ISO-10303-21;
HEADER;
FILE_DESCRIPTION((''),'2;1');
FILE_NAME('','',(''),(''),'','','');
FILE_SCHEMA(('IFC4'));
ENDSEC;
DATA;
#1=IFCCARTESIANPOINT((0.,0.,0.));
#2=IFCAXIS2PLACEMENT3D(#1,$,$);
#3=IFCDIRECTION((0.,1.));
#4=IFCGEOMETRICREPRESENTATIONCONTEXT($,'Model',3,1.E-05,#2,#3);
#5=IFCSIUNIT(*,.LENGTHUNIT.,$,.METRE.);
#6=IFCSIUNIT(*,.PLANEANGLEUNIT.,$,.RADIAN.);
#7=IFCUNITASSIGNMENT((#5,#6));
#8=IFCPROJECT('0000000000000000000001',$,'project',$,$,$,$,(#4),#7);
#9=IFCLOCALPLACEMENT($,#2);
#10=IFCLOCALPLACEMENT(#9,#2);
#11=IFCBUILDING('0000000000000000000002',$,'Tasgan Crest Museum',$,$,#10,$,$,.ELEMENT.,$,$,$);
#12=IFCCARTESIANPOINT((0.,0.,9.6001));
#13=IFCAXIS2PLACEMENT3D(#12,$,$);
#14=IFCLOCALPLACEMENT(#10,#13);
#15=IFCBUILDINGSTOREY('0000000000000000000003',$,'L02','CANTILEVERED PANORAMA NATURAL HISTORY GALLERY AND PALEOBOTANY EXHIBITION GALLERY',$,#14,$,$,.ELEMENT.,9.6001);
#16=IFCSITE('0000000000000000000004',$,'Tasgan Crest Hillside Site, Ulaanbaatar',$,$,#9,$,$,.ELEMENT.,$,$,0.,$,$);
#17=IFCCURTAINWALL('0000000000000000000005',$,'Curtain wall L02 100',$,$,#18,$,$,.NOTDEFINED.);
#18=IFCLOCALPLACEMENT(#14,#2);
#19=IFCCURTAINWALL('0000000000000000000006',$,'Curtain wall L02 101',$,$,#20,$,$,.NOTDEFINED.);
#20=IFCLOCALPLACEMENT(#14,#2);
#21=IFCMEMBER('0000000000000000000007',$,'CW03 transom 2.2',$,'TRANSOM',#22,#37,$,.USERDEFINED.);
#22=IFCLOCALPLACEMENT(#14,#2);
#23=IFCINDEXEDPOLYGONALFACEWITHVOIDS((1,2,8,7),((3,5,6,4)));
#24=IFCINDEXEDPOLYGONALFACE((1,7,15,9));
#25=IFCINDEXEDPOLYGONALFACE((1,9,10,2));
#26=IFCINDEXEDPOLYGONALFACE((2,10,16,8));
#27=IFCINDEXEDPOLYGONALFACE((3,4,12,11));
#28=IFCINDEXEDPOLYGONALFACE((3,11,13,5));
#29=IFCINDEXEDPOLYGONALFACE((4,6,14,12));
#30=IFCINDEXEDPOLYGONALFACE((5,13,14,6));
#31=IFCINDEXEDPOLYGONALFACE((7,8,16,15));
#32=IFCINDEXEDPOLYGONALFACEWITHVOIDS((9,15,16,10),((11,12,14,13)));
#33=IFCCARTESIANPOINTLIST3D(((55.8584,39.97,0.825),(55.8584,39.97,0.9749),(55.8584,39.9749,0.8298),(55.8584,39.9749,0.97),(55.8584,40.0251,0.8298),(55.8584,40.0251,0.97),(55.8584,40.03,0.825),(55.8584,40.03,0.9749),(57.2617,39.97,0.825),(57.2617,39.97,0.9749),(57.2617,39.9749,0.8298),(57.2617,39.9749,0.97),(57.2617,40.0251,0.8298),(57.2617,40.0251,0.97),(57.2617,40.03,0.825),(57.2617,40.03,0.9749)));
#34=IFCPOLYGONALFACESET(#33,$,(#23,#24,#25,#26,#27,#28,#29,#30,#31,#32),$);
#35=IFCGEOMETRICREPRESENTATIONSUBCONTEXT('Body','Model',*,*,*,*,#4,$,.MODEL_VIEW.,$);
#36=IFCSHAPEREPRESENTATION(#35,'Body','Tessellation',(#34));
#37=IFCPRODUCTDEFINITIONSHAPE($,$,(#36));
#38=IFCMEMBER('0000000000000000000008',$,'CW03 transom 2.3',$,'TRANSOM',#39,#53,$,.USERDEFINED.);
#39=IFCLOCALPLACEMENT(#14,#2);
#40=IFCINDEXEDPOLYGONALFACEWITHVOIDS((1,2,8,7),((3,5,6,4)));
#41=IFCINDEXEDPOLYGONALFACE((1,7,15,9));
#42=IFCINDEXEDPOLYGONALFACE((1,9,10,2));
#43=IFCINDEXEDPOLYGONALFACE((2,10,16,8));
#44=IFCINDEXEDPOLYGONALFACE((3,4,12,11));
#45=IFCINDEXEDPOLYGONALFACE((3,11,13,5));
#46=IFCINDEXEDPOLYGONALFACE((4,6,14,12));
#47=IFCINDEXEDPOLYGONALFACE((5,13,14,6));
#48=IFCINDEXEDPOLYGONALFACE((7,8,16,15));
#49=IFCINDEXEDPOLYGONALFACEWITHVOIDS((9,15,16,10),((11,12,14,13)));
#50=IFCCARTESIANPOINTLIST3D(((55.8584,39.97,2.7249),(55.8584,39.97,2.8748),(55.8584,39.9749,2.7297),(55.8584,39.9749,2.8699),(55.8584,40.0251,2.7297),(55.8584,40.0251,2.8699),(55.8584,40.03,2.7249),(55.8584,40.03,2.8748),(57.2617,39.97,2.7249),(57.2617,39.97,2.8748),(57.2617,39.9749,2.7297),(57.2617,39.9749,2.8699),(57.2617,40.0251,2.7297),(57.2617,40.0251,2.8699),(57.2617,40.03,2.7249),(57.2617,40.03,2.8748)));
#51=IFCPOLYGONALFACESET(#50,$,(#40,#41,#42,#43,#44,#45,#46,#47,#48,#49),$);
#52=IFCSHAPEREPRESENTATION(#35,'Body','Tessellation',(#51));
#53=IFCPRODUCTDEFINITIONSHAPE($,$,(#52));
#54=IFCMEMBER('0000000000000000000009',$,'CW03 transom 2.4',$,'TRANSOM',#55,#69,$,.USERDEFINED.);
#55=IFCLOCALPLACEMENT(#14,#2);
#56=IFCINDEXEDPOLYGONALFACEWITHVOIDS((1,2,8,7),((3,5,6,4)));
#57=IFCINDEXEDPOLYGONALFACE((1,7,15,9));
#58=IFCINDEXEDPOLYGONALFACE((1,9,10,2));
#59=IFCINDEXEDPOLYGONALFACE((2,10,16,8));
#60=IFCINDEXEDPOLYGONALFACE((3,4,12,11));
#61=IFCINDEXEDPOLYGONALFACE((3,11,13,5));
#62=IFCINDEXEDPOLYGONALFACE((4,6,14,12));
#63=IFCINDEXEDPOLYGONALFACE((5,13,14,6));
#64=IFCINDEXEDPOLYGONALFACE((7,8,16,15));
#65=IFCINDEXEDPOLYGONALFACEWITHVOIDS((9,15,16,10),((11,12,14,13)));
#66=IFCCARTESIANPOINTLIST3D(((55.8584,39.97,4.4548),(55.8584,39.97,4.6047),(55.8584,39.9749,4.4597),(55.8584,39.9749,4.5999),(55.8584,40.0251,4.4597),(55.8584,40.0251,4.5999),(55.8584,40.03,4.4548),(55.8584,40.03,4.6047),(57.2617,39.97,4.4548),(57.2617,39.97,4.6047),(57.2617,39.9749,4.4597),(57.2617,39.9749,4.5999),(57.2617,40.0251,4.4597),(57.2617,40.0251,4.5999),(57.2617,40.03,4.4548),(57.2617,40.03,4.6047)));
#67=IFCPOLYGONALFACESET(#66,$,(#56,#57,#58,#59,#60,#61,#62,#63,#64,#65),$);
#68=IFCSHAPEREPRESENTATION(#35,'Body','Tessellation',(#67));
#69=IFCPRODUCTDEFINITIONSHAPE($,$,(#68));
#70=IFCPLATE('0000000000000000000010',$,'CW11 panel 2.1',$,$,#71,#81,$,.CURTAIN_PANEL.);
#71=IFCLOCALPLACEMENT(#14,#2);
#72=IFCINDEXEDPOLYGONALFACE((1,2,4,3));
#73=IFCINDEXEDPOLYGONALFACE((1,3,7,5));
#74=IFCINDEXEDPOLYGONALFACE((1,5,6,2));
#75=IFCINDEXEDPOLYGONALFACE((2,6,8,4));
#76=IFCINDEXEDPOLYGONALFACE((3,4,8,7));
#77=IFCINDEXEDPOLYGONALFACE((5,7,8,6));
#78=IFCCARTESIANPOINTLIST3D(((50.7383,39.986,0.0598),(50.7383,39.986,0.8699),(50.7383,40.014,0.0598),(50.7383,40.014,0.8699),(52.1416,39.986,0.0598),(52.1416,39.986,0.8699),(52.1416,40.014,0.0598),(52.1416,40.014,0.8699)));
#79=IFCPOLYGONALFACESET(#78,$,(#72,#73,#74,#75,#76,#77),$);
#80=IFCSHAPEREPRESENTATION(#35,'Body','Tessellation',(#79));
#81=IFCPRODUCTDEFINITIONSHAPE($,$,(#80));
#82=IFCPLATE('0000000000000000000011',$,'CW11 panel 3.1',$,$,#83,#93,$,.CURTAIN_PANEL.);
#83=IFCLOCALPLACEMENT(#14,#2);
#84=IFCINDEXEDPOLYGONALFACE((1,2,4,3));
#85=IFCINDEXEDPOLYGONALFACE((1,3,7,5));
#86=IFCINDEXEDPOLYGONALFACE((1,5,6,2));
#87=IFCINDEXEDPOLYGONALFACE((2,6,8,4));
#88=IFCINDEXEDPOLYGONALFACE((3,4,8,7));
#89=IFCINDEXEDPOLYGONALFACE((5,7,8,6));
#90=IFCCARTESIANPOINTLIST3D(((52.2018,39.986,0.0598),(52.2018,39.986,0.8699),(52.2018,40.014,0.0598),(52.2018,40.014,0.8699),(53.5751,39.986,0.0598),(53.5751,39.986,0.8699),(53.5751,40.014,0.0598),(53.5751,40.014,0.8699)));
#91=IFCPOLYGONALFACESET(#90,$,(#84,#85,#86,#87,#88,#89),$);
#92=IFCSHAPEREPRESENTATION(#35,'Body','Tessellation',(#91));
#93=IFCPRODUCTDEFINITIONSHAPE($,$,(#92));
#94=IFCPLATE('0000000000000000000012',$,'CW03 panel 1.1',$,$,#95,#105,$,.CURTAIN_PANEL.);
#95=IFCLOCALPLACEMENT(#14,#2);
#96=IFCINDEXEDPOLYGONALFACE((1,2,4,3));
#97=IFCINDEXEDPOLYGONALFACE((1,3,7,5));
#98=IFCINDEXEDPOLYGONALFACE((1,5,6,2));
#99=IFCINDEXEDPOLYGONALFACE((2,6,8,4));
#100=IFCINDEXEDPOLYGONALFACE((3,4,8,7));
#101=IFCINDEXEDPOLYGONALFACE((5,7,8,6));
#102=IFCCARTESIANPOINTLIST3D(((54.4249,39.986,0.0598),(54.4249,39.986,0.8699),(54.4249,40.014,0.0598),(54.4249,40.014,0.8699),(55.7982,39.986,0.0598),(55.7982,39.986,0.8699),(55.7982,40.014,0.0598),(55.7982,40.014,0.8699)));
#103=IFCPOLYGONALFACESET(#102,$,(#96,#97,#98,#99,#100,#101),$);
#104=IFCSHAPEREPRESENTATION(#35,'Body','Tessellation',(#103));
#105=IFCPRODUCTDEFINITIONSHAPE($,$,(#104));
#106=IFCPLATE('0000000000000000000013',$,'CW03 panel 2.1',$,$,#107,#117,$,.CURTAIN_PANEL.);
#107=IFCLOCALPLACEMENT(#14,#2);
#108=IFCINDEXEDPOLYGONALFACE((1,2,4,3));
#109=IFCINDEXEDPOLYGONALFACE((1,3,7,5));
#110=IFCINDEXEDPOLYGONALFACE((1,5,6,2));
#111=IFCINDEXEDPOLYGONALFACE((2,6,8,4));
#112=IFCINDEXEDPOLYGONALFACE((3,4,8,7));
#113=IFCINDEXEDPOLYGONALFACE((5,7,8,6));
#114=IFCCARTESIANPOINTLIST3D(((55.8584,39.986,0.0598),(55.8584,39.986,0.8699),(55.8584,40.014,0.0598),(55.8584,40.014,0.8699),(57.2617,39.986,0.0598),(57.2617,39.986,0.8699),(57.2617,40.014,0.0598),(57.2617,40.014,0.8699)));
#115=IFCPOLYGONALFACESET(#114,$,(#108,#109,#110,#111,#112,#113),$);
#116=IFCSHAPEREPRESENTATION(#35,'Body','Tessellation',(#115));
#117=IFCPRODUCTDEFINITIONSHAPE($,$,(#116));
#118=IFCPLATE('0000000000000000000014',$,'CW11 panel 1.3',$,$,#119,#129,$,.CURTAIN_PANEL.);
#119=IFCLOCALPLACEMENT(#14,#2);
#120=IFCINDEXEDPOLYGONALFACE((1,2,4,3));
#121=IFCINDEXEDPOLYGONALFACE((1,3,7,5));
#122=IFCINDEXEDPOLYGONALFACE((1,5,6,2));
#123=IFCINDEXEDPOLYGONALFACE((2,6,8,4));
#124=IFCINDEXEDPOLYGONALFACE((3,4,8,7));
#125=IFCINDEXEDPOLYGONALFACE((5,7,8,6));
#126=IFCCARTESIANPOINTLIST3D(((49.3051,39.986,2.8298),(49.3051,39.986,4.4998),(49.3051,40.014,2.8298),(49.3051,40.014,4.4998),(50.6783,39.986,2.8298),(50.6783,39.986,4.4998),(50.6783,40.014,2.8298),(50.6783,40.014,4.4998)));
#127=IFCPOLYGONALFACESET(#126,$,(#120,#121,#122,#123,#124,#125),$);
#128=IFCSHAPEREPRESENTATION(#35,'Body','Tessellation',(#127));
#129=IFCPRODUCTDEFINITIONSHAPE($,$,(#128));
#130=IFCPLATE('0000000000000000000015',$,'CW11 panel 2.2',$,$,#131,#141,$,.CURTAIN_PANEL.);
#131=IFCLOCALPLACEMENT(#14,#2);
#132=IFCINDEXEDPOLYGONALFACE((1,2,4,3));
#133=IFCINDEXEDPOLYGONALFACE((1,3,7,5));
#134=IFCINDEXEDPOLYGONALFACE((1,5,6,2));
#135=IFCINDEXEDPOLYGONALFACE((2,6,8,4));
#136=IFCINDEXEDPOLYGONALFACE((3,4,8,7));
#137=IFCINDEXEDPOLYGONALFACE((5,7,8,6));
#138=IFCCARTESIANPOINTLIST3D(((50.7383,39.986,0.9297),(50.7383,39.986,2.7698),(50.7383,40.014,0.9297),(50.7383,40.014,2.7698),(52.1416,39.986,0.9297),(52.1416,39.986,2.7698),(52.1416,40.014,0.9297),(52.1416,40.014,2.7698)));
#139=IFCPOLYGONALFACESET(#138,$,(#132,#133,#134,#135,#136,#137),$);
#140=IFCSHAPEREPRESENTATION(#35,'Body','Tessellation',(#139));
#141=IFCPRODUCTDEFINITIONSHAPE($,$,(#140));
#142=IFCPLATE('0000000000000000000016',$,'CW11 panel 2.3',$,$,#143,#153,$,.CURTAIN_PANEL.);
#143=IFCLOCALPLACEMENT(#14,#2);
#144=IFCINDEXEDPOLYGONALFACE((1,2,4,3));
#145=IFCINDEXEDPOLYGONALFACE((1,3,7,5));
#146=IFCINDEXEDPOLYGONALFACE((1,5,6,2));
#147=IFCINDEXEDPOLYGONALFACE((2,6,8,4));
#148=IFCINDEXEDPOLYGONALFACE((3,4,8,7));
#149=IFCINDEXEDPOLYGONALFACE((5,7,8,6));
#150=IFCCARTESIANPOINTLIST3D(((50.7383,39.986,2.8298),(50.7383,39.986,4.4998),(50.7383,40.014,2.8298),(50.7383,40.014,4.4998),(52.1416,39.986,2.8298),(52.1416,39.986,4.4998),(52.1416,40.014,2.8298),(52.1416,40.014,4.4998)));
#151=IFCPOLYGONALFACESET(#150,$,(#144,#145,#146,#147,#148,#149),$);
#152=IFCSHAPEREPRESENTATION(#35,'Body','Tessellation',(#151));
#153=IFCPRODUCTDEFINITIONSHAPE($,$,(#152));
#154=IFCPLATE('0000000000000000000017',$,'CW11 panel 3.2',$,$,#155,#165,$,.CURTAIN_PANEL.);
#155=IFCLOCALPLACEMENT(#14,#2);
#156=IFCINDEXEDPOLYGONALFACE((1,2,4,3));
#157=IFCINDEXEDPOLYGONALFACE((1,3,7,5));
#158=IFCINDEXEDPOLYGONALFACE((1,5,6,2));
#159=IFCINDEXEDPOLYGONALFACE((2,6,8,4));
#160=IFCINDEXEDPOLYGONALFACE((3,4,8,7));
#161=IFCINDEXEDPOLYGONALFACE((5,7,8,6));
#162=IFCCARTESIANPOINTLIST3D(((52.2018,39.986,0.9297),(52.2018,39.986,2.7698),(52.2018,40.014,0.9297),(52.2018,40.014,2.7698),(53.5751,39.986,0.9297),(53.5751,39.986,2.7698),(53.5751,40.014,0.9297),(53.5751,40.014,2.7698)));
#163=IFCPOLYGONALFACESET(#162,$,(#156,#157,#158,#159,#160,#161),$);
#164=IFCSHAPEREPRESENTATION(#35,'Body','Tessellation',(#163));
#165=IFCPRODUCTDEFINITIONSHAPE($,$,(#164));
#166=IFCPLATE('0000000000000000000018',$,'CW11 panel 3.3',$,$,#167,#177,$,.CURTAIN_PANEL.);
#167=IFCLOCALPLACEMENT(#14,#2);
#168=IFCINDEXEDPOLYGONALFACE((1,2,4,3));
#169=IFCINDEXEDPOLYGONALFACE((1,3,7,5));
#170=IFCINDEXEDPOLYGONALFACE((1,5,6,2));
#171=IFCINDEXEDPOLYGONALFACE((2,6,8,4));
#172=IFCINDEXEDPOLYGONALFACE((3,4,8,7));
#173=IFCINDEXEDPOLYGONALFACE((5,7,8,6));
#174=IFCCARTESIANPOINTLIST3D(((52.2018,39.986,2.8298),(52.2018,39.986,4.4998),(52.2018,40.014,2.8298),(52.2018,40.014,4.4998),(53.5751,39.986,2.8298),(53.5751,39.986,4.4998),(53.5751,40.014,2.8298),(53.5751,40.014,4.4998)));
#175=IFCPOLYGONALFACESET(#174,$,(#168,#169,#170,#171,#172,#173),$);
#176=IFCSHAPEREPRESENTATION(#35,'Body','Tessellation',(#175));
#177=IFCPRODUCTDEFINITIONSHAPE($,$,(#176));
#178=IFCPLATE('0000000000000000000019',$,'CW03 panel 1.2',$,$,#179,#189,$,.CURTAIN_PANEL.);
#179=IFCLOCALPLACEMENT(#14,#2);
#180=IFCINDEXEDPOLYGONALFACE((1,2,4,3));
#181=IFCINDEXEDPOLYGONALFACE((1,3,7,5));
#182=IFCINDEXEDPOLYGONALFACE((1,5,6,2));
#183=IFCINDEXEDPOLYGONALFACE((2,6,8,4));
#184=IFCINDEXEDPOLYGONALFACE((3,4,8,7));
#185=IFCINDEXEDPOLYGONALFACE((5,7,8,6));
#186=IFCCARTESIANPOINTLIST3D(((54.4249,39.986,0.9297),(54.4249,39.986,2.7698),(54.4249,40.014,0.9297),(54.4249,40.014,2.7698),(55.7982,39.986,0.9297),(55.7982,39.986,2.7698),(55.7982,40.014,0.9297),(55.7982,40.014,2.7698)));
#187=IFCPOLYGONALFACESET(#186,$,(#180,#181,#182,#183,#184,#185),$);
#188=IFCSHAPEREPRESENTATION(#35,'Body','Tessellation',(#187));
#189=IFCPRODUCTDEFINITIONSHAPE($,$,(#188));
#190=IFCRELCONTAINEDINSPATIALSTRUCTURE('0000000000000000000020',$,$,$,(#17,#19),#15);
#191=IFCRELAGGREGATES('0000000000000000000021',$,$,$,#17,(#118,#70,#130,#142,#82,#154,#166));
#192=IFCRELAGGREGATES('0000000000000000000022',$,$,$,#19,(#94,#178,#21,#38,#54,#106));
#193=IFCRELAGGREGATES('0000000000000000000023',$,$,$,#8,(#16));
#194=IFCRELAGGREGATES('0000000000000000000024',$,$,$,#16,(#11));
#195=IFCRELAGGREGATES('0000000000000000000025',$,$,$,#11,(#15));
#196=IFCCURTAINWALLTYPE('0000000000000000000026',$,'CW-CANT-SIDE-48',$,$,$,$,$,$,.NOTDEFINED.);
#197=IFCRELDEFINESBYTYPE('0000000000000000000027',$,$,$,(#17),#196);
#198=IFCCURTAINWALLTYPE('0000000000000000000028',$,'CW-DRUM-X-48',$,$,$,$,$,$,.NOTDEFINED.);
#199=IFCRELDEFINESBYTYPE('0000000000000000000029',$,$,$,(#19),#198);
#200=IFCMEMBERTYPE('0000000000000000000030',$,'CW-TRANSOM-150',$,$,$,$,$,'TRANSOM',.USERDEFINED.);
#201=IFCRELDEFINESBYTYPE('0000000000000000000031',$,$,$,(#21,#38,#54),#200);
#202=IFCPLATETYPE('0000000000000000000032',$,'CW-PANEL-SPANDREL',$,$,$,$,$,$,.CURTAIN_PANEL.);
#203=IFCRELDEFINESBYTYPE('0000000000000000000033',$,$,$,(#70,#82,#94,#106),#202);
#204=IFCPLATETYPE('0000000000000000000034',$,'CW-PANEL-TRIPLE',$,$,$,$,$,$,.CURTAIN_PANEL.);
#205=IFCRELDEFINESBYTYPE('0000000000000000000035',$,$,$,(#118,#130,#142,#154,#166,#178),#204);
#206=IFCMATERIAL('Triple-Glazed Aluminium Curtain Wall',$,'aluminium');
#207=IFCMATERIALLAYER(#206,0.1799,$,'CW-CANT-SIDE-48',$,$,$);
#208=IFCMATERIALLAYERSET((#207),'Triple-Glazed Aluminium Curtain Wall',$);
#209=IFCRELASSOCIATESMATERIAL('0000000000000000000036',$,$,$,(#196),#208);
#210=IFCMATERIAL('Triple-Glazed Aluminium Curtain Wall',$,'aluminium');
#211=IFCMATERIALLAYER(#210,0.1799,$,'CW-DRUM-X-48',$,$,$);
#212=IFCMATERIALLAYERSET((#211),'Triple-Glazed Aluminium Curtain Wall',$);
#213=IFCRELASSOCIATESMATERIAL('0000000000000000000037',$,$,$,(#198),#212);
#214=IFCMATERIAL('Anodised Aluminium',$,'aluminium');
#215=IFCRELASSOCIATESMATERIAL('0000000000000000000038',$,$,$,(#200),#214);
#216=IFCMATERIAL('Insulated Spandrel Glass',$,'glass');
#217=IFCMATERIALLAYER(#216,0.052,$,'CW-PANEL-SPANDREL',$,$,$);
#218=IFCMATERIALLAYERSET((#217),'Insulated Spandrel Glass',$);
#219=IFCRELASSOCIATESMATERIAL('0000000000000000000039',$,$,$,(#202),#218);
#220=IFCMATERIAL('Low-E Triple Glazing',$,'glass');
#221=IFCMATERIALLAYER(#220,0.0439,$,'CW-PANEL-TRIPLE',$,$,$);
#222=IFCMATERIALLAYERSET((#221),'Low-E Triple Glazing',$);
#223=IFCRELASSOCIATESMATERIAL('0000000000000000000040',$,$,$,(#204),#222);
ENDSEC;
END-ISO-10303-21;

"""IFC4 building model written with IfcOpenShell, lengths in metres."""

from ifc_helpers import new_model, si_unit, direction, frame, origin, origin_2d, place, context, subcontext, project, spatial, rectangle, hollow_rectangle, extrude, material, layer, layer_set, material_profile, profile_set, type_object, element, aggregate, save


model = new_model("IFC4")

# Units and contexts
model_context = context("Model", 3, precision=1e-05, world=origin(), true_north=direction((0.0, 1.0)))
body_context = subcontext(model_context, "Body", "Model", "MODEL_VIEW")
ifc_project = project(units=[si_unit("LENGTHUNIT", "METRE"), si_unit("PLANEANGLEUNIT", "RADIAN")], contexts=[model_context])

# Site, building, storey
site_placement = place(None, origin())
site = spatial("IfcSite", under=ifc_project, at=site_placement, Name="Tasgan Crest Hillside Site, Ulaanbaatar", CompositionType="ELEMENT", RefElevation=0.0)
building_placement = place(site_placement, origin())
building = spatial("IfcBuilding", under=site, at=building_placement, Name="Tasgan Crest Museum", CompositionType="ELEMENT")
storey_placement = place(building_placement, frame((0.0, 0.0, 9.6001)))
storey = spatial("IfcBuildingStorey", under=building, at=storey_placement, Name="L02", Description="CANTILEVERED PANORAMA NATURAL HISTORY GALLERY AND PALEOBOTANY EXHIBITION GALLERY", CompositionType="ELEMENT", Elevation=9.6001)

# Curtain walls
ifc_material_1 = material(Name="Triple-Glazed Aluminium Curtain Wall", Category="aluminium")
ifc_layer_1 = layer(ifc_material_1, 0.1799, Name="CW-CANT-SIDE-48")
ifc_layer_set_1 = layer_set([ifc_layer_1], Name="Triple-Glazed Aluminium Curtain Wall")
curtain_wall_type_1 = type_object("IfcCurtainWallType", Name="CW-CANT-SIDE-48", PredefinedType="NOTDEFINED", material=ifc_layer_set_1)
curtain_wall_1_placement = place(storey_placement, origin())
curtain_wall_1 = element("IfcCurtainWall", 1, at=curtain_wall_1_placement, inside=storey, type_object=curtain_wall_type_1, Name="Curtain wall L02 100", PredefinedType="NOTDEFINED")
ifc_material_2 = material(Name="Triple-Glazed Aluminium Curtain Wall", Category="aluminium")
ifc_layer_2 = layer(ifc_material_2, 0.1799, Name="CW-DRUM-X-48")
ifc_layer_set_2 = layer_set([ifc_layer_2], Name="Triple-Glazed Aluminium Curtain Wall")
curtain_wall_type_2 = type_object("IfcCurtainWallType", Name="CW-DRUM-X-48", PredefinedType="NOTDEFINED", material=ifc_layer_set_2)
curtain_wall_2_placement = place(storey_placement, origin())
curtain_wall_2 = element("IfcCurtainWall", 2, at=curtain_wall_2_placement, inside=storey, type_object=curtain_wall_type_2, Name="Curtain wall L02 101", PredefinedType="NOTDEFINED")

# Members
ifc_material_3 = material(Name="Anodised Aluminium", Category="aluminium")
ifc_material_profile_1 = material_profile(ifc_material_3, hollow_rectangle(XDim=0.0601, YDim=0.1499, WallThickness=0.0049, at=origin_2d()), Name="ALU TRANSOM 150x60x5")
ifc_profile_set_1 = profile_set([ifc_material_profile_1], Name="Anodised Aluminium")
member_type_1 = type_object("IfcMemberType", Name="CW-TRANSOM-150", ElementType="TRANSOM", PredefinedType="USERDEFINED", material=ifc_profile_set_1)
member_1_placement = place(storey_placement, frame((55.8584, 40.0, 0.8999), z_axis=(1.0, 0.0, 0.0), x_axis=(0.0, 1.0, 0.0)))
member_1 = element("IfcMember", 3, at=member_1_placement, type_object=member_type_1, Name="CW03 transom 2.2", ObjectType="TRANSOM", PredefinedType="USERDEFINED", context=body_context, shape_type="SweptSolid", body=[
    extrude(hollow_rectangle(XDim=0.0601, YDim=0.1499, WallThickness=0.0049, at=origin_2d()), origin(), (0.0, 0.0, 1.0), 1.4033),
])
member_2_placement = place(storey_placement, frame((55.8584, 40.0, 2.7998), z_axis=(1.0, 0.0, 0.0), x_axis=(0.0, 1.0, 0.0)))
member_2 = element("IfcMember", 4, at=member_2_placement, type_object=member_type_1, Name="CW03 transom 2.3", ObjectType="TRANSOM", PredefinedType="USERDEFINED", context=body_context, shape_type="SweptSolid", body=[
    extrude(hollow_rectangle(XDim=0.0601, YDim=0.1499, WallThickness=0.0049, at=origin_2d()), origin(), (0.0, 0.0, 1.0), 1.4033),
])
member_3_placement = place(storey_placement, frame((55.8584, 40.0, 4.5298), z_axis=(1.0, 0.0, 0.0), x_axis=(0.0, 1.0, 0.0)))
member_3 = element("IfcMember", 5, at=member_3_placement, type_object=member_type_1, Name="CW03 transom 2.4", ObjectType="TRANSOM", PredefinedType="USERDEFINED", context=body_context, shape_type="SweptSolid", body=[
    extrude(hollow_rectangle(XDim=0.0601, YDim=0.1499, WallThickness=0.0049, at=origin_2d()), origin(), (0.0, 0.0, 1.0), 1.4033),
])

# Plates
ifc_material_4 = material(Name="Insulated Spandrel Glass", Category="glass")
ifc_layer_3 = layer(ifc_material_4, 0.052, Name="CW-PANEL-SPANDREL")
ifc_layer_set_3 = layer_set([ifc_layer_3], Name="Insulated Spandrel Glass")
plate_type_1 = type_object("IfcPlateType", Name="CW-PANEL-SPANDREL", PredefinedType="CURTAIN_PANEL", material=ifc_layer_set_3)
plate_1_placement = place(storey_placement, frame((51.4399, 40.0, 0.0598), z_axis=(0.0, 0.0, 1.0), x_axis=(1.0, 0.0, 0.0)))
plate_1 = element("IfcPlate", 6, at=plate_1_placement, type_object=plate_type_1, Name="CW11 panel 2.1", PredefinedType="CURTAIN_PANEL", context=body_context, shape_type="SweptSolid", body=[
    extrude(rectangle(XDim=1.4033, YDim=0.0281, at=origin_2d()), origin(), (0.0, 0.0, 1.0), 0.8101),
])
plate_2_placement = place(storey_placement, frame((52.8884, 40.0, 0.0598), z_axis=(0.0, 0.0, 1.0), x_axis=(1.0, 0.0, 0.0)))
plate_2 = element("IfcPlate", 7, at=plate_2_placement, type_object=plate_type_1, Name="CW11 panel 3.1", PredefinedType="CURTAIN_PANEL", context=body_context, shape_type="SweptSolid", body=[
    extrude(rectangle(XDim=1.3733, YDim=0.0281, at=origin_2d()), origin(), (0.0, 0.0, 1.0), 0.8101),
])
plate_3_placement = place(storey_placement, frame((55.1116, 40.0, 0.0598), z_axis=(0.0, 0.0, 1.0), x_axis=(1.0, 0.0, 0.0)))
plate_3 = element("IfcPlate", 8, at=plate_3_placement, type_object=plate_type_1, Name="CW03 panel 1.1", PredefinedType="CURTAIN_PANEL", context=body_context, shape_type="SweptSolid", body=[
    extrude(rectangle(XDim=1.3733, YDim=0.0281, at=origin_2d()), origin(), (0.0, 0.0, 1.0), 0.8101),
])
plate_4_placement = place(storey_placement, frame((56.5601, 40.0, 0.0598), z_axis=(0.0, 0.0, 1.0), x_axis=(1.0, 0.0, 0.0)))
plate_4 = element("IfcPlate", 9, at=plate_4_placement, type_object=plate_type_1, Name="CW03 panel 2.1", PredefinedType="CURTAIN_PANEL", context=body_context, shape_type="SweptSolid", body=[
    extrude(rectangle(XDim=1.4033, YDim=0.0281, at=origin_2d()), origin(), (0.0, 0.0, 1.0), 0.8101),
])
ifc_material_5 = material(Name="Low-E Triple Glazing", Category="glass")
ifc_layer_4 = layer(ifc_material_5, 0.0439, Name="CW-PANEL-TRIPLE")
ifc_layer_set_4 = layer_set([ifc_layer_4], Name="Low-E Triple Glazing")
plate_type_2 = type_object("IfcPlateType", Name="CW-PANEL-TRIPLE", PredefinedType="CURTAIN_PANEL", material=ifc_layer_set_4)
plate_5_placement = place(storey_placement, frame((49.9917, 40.0, 2.8298), z_axis=(0.0, 0.0, 1.0), x_axis=(1.0, 0.0, 0.0)))
plate_5 = element("IfcPlate", 10, at=plate_5_placement, type_object=plate_type_2, Name="CW11 panel 1.3", PredefinedType="CURTAIN_PANEL", context=body_context, shape_type="SweptSolid", body=[
    extrude(rectangle(XDim=1.3733, YDim=0.0281, at=origin_2d()), origin(), (0.0, 0.0, 1.0), 1.6699),
])
plate_6_placement = place(storey_placement, frame((51.4399, 40.0, 0.9297), z_axis=(0.0, 0.0, 1.0), x_axis=(1.0, 0.0, 0.0)))
plate_6 = element("IfcPlate", 11, at=plate_6_placement, type_object=plate_type_2, Name="CW11 panel 2.2", PredefinedType="CURTAIN_PANEL", context=body_context, shape_type="SweptSolid", body=[
    extrude(rectangle(XDim=1.4033, YDim=0.0281, at=origin_2d()), origin(), (0.0, 0.0, 1.0), 1.8401),
])
plate_7_placement = place(storey_placement, frame((51.4399, 40.0, 2.8298), z_axis=(0.0, 0.0, 1.0), x_axis=(1.0, 0.0, 0.0)))
plate_7 = element("IfcPlate", 12, at=plate_7_placement, type_object=plate_type_2, Name="CW11 panel 2.3", PredefinedType="CURTAIN_PANEL", context=body_context, shape_type="SweptSolid", body=[
    extrude(rectangle(XDim=1.4033, YDim=0.0281, at=origin_2d()), origin(), (0.0, 0.0, 1.0), 1.6699),
])
plate_8_placement = place(storey_placement, frame((52.8884, 40.0, 0.9297), z_axis=(0.0, 0.0, 1.0), x_axis=(1.0, 0.0, 0.0)))
plate_8 = element("IfcPlate", 13, at=plate_8_placement, type_object=plate_type_2, Name="CW11 panel 3.2", PredefinedType="CURTAIN_PANEL", context=body_context, shape_type="SweptSolid", body=[
    extrude(rectangle(XDim=1.3733, YDim=0.0281, at=origin_2d()), origin(), (0.0, 0.0, 1.0), 1.8401),
])
plate_9_placement = place(storey_placement, frame((52.8884, 40.0, 2.8298), z_axis=(0.0, 0.0, 1.0), x_axis=(1.0, 0.0, 0.0)))
plate_9 = element("IfcPlate", 14, at=plate_9_placement, type_object=plate_type_2, Name="CW11 panel 3.3", PredefinedType="CURTAIN_PANEL", context=body_context, shape_type="SweptSolid", body=[
    extrude(rectangle(XDim=1.3733, YDim=0.0281, at=origin_2d()), origin(), (0.0, 0.0, 1.0), 1.6699),
])
aggregate(curtain_wall_1, [plate_5, plate_1, plate_6, plate_7, plate_2, plate_8, plate_9])
plate_10_placement = place(storey_placement, frame((55.1116, 40.0, 0.9297), z_axis=(0.0, 0.0, 1.0), x_axis=(1.0, 0.0, 0.0)))
plate_10 = element("IfcPlate", 15, at=plate_10_placement, type_object=plate_type_2, Name="CW03 panel 1.2", PredefinedType="CURTAIN_PANEL", context=body_context, shape_type="SweptSolid", body=[
    extrude(rectangle(XDim=1.3733, YDim=0.0281, at=origin_2d()), origin(), (0.0, 0.0, 1.0), 1.8401),
])
aggregate(curtain_wall_2, [plate_3, plate_10, member_1, member_2, member_3, plate_4])

save(model, "model.ifc")
